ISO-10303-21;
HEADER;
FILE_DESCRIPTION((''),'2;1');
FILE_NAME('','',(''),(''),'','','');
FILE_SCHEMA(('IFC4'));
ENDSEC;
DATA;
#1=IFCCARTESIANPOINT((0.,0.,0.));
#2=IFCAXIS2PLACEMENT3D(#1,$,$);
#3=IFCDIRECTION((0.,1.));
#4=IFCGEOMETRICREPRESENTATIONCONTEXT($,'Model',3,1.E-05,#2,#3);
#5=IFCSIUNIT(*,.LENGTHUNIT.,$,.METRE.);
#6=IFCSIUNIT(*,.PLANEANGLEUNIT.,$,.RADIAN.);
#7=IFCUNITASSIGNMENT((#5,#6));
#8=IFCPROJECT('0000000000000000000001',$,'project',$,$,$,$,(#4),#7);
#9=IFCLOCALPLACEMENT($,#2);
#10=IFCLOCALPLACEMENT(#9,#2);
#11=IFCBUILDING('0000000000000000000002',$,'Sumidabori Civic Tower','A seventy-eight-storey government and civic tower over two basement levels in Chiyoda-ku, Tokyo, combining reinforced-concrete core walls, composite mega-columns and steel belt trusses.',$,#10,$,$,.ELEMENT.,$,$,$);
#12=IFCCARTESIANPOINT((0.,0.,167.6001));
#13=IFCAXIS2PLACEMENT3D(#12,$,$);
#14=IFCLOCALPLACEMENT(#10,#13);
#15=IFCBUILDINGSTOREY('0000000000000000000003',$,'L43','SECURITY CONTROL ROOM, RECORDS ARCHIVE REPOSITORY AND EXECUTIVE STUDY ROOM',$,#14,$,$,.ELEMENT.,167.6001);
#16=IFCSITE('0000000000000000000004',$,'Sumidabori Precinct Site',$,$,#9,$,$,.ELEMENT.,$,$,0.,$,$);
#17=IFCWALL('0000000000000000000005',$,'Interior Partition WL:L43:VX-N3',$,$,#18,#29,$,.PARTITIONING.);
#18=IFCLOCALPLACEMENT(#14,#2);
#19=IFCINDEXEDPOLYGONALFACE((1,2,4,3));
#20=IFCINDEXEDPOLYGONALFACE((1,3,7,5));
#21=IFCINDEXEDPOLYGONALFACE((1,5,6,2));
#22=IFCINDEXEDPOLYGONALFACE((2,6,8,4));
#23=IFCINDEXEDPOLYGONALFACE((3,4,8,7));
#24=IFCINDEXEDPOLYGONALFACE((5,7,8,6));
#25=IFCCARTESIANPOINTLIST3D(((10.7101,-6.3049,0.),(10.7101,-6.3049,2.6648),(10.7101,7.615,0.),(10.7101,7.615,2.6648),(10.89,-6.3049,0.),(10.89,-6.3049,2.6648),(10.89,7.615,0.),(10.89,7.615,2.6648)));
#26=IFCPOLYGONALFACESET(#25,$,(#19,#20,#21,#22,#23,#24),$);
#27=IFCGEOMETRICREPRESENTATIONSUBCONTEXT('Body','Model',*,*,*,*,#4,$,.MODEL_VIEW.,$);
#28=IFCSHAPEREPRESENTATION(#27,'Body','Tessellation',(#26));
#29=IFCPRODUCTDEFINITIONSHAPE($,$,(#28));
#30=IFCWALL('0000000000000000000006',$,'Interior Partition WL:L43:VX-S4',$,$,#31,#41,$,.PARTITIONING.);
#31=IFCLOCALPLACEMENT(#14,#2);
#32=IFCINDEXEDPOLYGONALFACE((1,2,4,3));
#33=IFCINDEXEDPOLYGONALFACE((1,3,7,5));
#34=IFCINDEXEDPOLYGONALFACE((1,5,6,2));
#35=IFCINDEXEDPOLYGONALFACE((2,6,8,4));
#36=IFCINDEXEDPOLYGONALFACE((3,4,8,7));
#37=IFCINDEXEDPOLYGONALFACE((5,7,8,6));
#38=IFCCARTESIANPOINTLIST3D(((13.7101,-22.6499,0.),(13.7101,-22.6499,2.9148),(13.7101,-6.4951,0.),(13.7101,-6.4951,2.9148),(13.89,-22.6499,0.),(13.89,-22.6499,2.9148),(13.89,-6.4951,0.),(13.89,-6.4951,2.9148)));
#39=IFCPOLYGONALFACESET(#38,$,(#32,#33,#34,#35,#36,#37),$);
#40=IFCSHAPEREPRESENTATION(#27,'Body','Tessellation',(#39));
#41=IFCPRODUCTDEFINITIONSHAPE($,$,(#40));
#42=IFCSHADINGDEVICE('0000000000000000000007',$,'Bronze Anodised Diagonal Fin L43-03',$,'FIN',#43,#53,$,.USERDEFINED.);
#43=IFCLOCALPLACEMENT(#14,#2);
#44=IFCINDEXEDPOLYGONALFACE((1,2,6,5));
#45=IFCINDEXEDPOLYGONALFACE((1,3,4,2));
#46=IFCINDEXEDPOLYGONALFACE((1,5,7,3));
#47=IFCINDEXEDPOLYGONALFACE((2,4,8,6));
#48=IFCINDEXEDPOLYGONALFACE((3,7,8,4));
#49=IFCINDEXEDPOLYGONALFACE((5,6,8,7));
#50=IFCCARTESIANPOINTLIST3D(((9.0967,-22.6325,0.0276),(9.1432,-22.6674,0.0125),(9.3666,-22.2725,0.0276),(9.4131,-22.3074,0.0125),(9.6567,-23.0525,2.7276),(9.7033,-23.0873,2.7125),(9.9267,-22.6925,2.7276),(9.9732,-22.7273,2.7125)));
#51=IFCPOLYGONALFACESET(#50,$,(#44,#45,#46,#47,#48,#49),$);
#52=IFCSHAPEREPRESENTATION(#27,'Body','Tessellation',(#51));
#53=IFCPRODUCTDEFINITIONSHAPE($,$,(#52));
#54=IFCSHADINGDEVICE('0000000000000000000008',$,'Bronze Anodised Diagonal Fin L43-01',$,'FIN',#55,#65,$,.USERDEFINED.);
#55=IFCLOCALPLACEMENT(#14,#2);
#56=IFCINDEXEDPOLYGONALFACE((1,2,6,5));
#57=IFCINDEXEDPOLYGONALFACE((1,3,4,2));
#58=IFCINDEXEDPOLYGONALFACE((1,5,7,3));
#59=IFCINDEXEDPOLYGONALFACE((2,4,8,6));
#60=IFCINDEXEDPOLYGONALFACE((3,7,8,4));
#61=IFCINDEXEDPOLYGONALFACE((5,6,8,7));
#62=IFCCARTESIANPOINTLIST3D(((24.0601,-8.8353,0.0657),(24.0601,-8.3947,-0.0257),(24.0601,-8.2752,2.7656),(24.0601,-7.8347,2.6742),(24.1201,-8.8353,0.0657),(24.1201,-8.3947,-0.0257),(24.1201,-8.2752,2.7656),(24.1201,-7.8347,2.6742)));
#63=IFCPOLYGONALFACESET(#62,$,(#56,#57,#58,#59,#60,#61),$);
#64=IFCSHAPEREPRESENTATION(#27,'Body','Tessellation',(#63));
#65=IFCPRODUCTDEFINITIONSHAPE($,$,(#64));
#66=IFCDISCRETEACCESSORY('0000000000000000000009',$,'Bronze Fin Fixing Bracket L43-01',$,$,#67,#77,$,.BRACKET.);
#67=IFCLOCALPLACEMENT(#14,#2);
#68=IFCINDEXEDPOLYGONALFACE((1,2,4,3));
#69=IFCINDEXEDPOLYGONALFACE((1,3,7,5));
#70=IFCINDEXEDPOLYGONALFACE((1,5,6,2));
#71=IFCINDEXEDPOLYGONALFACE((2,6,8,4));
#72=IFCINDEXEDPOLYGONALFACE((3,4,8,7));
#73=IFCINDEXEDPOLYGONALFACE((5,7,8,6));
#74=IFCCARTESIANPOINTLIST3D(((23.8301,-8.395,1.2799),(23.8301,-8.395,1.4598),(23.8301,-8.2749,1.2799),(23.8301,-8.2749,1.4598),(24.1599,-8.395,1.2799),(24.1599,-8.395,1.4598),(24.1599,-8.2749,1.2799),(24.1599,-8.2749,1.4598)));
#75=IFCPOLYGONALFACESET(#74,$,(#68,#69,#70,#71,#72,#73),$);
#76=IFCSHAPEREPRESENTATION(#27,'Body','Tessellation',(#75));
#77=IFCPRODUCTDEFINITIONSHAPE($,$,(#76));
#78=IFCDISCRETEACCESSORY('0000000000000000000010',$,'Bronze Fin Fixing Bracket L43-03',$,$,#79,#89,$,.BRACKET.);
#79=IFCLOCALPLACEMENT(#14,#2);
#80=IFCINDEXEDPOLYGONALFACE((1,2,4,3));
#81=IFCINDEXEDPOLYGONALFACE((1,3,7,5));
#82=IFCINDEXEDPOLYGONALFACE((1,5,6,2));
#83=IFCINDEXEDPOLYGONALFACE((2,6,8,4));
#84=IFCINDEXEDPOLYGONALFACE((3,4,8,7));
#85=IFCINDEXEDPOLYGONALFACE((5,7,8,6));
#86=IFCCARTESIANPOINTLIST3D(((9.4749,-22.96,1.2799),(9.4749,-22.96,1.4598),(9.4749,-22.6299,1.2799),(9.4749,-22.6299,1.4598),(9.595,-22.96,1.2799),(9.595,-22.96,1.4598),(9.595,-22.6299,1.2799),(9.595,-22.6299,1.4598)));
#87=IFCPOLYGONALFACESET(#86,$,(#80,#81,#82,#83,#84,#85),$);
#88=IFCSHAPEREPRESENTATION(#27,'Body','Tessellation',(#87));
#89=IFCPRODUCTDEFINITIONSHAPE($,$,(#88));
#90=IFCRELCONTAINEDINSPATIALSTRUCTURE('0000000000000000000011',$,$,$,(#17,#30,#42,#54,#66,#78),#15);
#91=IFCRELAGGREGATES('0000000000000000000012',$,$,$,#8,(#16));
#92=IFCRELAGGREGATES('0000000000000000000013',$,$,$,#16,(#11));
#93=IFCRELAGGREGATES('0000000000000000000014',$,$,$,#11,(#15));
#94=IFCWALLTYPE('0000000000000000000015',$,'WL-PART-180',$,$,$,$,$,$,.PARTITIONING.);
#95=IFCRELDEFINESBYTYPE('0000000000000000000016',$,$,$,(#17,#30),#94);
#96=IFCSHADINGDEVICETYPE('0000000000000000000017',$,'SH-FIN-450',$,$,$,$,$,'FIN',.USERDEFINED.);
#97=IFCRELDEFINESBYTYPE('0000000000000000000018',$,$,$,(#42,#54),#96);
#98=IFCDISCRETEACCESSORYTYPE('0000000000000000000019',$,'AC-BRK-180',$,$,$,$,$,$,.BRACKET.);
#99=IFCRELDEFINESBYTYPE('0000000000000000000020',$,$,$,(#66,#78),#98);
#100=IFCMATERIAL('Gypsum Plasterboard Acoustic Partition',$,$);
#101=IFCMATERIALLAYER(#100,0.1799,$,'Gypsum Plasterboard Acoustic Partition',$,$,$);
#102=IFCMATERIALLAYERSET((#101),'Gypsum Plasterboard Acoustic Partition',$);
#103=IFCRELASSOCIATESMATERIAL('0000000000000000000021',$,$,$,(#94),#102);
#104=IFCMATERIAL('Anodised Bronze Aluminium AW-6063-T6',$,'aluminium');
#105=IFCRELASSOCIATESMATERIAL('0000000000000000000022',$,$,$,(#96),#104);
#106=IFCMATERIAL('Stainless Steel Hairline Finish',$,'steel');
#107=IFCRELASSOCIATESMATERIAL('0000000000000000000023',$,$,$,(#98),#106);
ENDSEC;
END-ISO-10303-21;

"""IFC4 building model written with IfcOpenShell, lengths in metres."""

from ifc_helpers import new_model, si_unit, direction, frame, frame_2d, origin, origin_2d, place, context, subcontext, project, spatial, rectangle, extrude, source, transform, mapped, material, layer, layer_set, material_profile, profile_set, type_object, element, save


model = new_model("IFC4")

# Units and contexts
model_context = context("Model", 3, precision=1e-05, world=origin(), true_north=direction((0.0, 1.0)))
body_context = subcontext(model_context, "Body", "Model", "MODEL_VIEW")
ifc_project = project(units=[si_unit("LENGTHUNIT", "METRE"), si_unit("PLANEANGLEUNIT", "RADIAN")], contexts=[model_context])

# Site, building, storey
site_placement = place(None, origin())
site = spatial("IfcSite", under=ifc_project, at=site_placement, Name="Sumidabori Precinct Site", CompositionType="ELEMENT", RefElevation=0.0)
building_placement = place(site_placement, origin())
building = spatial("IfcBuilding", under=site, at=building_placement, Name="Sumidabori Civic Tower", Description="A seventy-eight-storey government and civic tower over two basement levels in Chiyoda-ku, Tokyo, combining reinforced-concrete core walls, composite mega-columns and steel belt trusses.", CompositionType="ELEMENT")
storey_placement = place(building_placement, frame((0.0, 0.0, 167.6001)))
storey = spatial("IfcBuildingStorey", under=building, at=storey_placement, Name="L43", Description="SECURITY CONTROL ROOM, RECORDS ARCHIVE REPOSITORY AND EXECUTIVE STUDY ROOM", CompositionType="ELEMENT", Elevation=167.6001)

# Shared definitions
ifc_material_1 = material(Name="Anodised Bronze Aluminium AW-6063-T6", Category="aluminium")

# Shared definitions
ifc_material_2 = material(Name="Gypsum Plasterboard Acoustic Partition")
ifc_layer_1 = layer(ifc_material_2, 0.1799, Name="Gypsum Plasterboard Acoustic Partition")
ifc_layer_set_1 = layer_set([ifc_layer_1], Name="Gypsum Plasterboard Acoustic Partition")
wall_type_1 = type_object("IfcWallType", Name="WL-PART-180", PredefinedType="PARTITIONING", material=ifc_layer_set_1)

# Walls
shared_shape_1 = source(origin(), body_context, "Body", "SweptSolid", [
    extrude(rectangle(XDim=13.9199, YDim=0.1799, at=frame_2d((6.96, 0.0))), origin(), (0.0, 0.0, 1.0), 2.6648),
])
wall_1_placement = place(storey_placement, frame((10.8, -6.3049, 0.0), z_axis=(0.0, 0.0, 1.0), x_axis=(0.0, 1.0, 0.0)))
element("IfcWall", 1, at=wall_1_placement, inside=storey, type_object=wall_type_1, Name="Interior Partition WL:L43:VX-N3", PredefinedType="PARTITIONING", context=body_context, shape_type="MappedRepresentation", body=[
    mapped(shared_shape_1, transform((0.0, 0.0, 0.0), x_axis=(1.0, 0.0, 0.0), y_axis=(0.0, 1.0, 0.0), z_axis=(0.0, 0.0, 1.0), scale=1.0)),
])
shared_shape_2 = source(origin(), body_context, "Body", "SweptSolid", [
    extrude(rectangle(XDim=16.1548, YDim=0.1799, at=frame_2d((8.0774, 0.0))), origin(), (0.0, 0.0, 1.0), 2.9148),
])
wall_2_placement = place(storey_placement, frame((13.8, -22.6499, 0.0), z_axis=(0.0, 0.0, 1.0), x_axis=(0.0, 1.0, 0.0)))
element("IfcWall", 2, at=wall_2_placement, inside=storey, type_object=wall_type_1, Name="Interior Partition WL:L43:VX-S4", PredefinedType="PARTITIONING", context=body_context, shape_type="MappedRepresentation", body=[
    mapped(shared_shape_2, transform((0.0, 0.0, 0.0), x_axis=(1.0, 0.0, 0.0), y_axis=(0.0, 1.0, 0.0), z_axis=(0.0, 0.0, 1.0), scale=1.0)),
])

# Shading devices
ifc_material_profile_1 = material_profile(ifc_material_1, rectangle(XDim=0.0601, YDim=0.45, at=origin_2d()), Name="BRONZE FIN 450x60")
ifc_profile_set_1 = profile_set([ifc_material_profile_1], Name="Anodised Bronze Aluminium AW-6063-T6")
shading_device_type = type_object("IfcShadingDeviceType", Name="SH-FIN-450", ElementType="FIN", PredefinedType="USERDEFINED", material=ifc_profile_set_1)
shared_shape_3 = source(origin(), body_context, "Body", "SweptSolid", [
    extrude(rectangle(XDim=0.0601, YDim=0.45, at=origin_2d()), origin(), (0.0, 0.0, 1.0), 2.7893),
])
shading_device_1_placement = place(storey_placement, frame((9.2549, -22.47, 0.02), z_axis=(0.200794, -0.150552, 0.967996), x_axis=(0.774478, -0.580689, -0.250966)))
element("IfcShadingDevice", 3, at=shading_device_1_placement, inside=storey, type_object=shading_device_type, Name="Bronze Anodised Diagonal Fin L43-03", ObjectType="FIN", PredefinedType="USERDEFINED", context=body_context, shape_type="MappedRepresentation", body=[
    mapped(shared_shape_3, transform((0.0, 0.0, 0.0), x_axis=(1.0, 0.0, 0.0), y_axis=(0.0, 1.0, 0.0), z_axis=(0.0, 0.0, 1.0), scale=1.0)),
])
shared_shape_4 = source(origin(), body_context, "Body", "SweptSolid", [
    extrude(rectangle(XDim=0.0601, YDim=0.45, at=origin_2d()), origin(), (0.0, 0.0, 1.0), 2.7573),
])
shading_device_2_placement = place(storey_placement, frame((24.0901, -8.615, 0.02), z_axis=(0.0, 0.203109, 0.979156), x_axis=(-1.0, 0.0, 0.0)))
element("IfcShadingDevice", 4, at=shading_device_2_placement, inside=storey, type_object=shading_device_type, Name="Bronze Anodised Diagonal Fin L43-01", ObjectType="FIN", PredefinedType="USERDEFINED", context=body_context, shape_type="MappedRepresentation", body=[
    mapped(shared_shape_4, transform((0.0, 0.0, 0.0), x_axis=(1.0, 0.0, 0.0), y_axis=(0.0, 1.0, 0.0), z_axis=(0.0, 0.0, 1.0), scale=1.0)),
])

# Discrete accessories
ifc_material_3 = material(Name="Stainless Steel Hairline Finish", Category="steel")
ifc_material_profile_2 = material_profile(ifc_material_3, rectangle(XDim=0.1201, YDim=0.1799, at=origin_2d()), Name="STEEL BRACKET 180x120")
ifc_profile_set_2 = profile_set([ifc_material_profile_2], Name="Stainless Steel Hairline Finish")
discrete_accessory_type = type_object("IfcDiscreteAccessoryType", Name="AC-BRK-180", PredefinedType="BRACKET", material=ifc_profile_set_2)
shared_shape_5 = source(origin(), body_context, "Body", "SweptSolid", [
    extrude(rectangle(XDim=0.1201, YDim=0.1799, at=origin_2d()), origin(), (0.0, 0.0, 1.0), 0.3298),
])
discrete_accessory_1_placement = place(storey_placement, frame((23.8301, -8.335, 1.3699), z_axis=(1.0, 0.0, 0.0), x_axis=(0.0, 1.0, 0.0)))
element("IfcDiscreteAccessory", 5, at=discrete_accessory_1_placement, inside=storey, type_object=discrete_accessory_type, Name="Bronze Fin Fixing Bracket L43-01", PredefinedType="BRACKET", context=body_context, shape_type="MappedRepresentation", body=[
    mapped(shared_shape_5, transform((0.0, 0.0, 0.0), x_axis=(1.0, 0.0, 0.0), y_axis=(0.0, 1.0, 0.0), z_axis=(0.0, 0.0, 1.0), scale=1.0)),
])
shared_shape_6 = source(origin(), body_context, "Body", "SweptSolid", [
    extrude(rectangle(XDim=0.1201, YDim=0.1799, at=origin_2d()), origin(), (0.0, 0.0, 1.0), 0.3301),
])
discrete_accessory_2_placement = place(storey_placement, frame((9.5349, -22.6299, 1.3699), z_axis=(0.0, -1.0, 0.0), x_axis=(1.0, 0.0, 0.0)))
element("IfcDiscreteAccessory", 6, at=discrete_accessory_2_placement, inside=storey, type_object=discrete_accessory_type, Name="Bronze Fin Fixing Bracket L43-03", PredefinedType="BRACKET", context=body_context, shape_type="MappedRepresentation", body=[
    mapped(shared_shape_6, transform((0.0, 0.0, 0.0), x_axis=(1.0, 0.0, 0.0), y_axis=(0.0, 1.0, 0.0), z_axis=(0.0, 0.0, 1.0), scale=1.0)),
])

save(model, "model.ifc")
